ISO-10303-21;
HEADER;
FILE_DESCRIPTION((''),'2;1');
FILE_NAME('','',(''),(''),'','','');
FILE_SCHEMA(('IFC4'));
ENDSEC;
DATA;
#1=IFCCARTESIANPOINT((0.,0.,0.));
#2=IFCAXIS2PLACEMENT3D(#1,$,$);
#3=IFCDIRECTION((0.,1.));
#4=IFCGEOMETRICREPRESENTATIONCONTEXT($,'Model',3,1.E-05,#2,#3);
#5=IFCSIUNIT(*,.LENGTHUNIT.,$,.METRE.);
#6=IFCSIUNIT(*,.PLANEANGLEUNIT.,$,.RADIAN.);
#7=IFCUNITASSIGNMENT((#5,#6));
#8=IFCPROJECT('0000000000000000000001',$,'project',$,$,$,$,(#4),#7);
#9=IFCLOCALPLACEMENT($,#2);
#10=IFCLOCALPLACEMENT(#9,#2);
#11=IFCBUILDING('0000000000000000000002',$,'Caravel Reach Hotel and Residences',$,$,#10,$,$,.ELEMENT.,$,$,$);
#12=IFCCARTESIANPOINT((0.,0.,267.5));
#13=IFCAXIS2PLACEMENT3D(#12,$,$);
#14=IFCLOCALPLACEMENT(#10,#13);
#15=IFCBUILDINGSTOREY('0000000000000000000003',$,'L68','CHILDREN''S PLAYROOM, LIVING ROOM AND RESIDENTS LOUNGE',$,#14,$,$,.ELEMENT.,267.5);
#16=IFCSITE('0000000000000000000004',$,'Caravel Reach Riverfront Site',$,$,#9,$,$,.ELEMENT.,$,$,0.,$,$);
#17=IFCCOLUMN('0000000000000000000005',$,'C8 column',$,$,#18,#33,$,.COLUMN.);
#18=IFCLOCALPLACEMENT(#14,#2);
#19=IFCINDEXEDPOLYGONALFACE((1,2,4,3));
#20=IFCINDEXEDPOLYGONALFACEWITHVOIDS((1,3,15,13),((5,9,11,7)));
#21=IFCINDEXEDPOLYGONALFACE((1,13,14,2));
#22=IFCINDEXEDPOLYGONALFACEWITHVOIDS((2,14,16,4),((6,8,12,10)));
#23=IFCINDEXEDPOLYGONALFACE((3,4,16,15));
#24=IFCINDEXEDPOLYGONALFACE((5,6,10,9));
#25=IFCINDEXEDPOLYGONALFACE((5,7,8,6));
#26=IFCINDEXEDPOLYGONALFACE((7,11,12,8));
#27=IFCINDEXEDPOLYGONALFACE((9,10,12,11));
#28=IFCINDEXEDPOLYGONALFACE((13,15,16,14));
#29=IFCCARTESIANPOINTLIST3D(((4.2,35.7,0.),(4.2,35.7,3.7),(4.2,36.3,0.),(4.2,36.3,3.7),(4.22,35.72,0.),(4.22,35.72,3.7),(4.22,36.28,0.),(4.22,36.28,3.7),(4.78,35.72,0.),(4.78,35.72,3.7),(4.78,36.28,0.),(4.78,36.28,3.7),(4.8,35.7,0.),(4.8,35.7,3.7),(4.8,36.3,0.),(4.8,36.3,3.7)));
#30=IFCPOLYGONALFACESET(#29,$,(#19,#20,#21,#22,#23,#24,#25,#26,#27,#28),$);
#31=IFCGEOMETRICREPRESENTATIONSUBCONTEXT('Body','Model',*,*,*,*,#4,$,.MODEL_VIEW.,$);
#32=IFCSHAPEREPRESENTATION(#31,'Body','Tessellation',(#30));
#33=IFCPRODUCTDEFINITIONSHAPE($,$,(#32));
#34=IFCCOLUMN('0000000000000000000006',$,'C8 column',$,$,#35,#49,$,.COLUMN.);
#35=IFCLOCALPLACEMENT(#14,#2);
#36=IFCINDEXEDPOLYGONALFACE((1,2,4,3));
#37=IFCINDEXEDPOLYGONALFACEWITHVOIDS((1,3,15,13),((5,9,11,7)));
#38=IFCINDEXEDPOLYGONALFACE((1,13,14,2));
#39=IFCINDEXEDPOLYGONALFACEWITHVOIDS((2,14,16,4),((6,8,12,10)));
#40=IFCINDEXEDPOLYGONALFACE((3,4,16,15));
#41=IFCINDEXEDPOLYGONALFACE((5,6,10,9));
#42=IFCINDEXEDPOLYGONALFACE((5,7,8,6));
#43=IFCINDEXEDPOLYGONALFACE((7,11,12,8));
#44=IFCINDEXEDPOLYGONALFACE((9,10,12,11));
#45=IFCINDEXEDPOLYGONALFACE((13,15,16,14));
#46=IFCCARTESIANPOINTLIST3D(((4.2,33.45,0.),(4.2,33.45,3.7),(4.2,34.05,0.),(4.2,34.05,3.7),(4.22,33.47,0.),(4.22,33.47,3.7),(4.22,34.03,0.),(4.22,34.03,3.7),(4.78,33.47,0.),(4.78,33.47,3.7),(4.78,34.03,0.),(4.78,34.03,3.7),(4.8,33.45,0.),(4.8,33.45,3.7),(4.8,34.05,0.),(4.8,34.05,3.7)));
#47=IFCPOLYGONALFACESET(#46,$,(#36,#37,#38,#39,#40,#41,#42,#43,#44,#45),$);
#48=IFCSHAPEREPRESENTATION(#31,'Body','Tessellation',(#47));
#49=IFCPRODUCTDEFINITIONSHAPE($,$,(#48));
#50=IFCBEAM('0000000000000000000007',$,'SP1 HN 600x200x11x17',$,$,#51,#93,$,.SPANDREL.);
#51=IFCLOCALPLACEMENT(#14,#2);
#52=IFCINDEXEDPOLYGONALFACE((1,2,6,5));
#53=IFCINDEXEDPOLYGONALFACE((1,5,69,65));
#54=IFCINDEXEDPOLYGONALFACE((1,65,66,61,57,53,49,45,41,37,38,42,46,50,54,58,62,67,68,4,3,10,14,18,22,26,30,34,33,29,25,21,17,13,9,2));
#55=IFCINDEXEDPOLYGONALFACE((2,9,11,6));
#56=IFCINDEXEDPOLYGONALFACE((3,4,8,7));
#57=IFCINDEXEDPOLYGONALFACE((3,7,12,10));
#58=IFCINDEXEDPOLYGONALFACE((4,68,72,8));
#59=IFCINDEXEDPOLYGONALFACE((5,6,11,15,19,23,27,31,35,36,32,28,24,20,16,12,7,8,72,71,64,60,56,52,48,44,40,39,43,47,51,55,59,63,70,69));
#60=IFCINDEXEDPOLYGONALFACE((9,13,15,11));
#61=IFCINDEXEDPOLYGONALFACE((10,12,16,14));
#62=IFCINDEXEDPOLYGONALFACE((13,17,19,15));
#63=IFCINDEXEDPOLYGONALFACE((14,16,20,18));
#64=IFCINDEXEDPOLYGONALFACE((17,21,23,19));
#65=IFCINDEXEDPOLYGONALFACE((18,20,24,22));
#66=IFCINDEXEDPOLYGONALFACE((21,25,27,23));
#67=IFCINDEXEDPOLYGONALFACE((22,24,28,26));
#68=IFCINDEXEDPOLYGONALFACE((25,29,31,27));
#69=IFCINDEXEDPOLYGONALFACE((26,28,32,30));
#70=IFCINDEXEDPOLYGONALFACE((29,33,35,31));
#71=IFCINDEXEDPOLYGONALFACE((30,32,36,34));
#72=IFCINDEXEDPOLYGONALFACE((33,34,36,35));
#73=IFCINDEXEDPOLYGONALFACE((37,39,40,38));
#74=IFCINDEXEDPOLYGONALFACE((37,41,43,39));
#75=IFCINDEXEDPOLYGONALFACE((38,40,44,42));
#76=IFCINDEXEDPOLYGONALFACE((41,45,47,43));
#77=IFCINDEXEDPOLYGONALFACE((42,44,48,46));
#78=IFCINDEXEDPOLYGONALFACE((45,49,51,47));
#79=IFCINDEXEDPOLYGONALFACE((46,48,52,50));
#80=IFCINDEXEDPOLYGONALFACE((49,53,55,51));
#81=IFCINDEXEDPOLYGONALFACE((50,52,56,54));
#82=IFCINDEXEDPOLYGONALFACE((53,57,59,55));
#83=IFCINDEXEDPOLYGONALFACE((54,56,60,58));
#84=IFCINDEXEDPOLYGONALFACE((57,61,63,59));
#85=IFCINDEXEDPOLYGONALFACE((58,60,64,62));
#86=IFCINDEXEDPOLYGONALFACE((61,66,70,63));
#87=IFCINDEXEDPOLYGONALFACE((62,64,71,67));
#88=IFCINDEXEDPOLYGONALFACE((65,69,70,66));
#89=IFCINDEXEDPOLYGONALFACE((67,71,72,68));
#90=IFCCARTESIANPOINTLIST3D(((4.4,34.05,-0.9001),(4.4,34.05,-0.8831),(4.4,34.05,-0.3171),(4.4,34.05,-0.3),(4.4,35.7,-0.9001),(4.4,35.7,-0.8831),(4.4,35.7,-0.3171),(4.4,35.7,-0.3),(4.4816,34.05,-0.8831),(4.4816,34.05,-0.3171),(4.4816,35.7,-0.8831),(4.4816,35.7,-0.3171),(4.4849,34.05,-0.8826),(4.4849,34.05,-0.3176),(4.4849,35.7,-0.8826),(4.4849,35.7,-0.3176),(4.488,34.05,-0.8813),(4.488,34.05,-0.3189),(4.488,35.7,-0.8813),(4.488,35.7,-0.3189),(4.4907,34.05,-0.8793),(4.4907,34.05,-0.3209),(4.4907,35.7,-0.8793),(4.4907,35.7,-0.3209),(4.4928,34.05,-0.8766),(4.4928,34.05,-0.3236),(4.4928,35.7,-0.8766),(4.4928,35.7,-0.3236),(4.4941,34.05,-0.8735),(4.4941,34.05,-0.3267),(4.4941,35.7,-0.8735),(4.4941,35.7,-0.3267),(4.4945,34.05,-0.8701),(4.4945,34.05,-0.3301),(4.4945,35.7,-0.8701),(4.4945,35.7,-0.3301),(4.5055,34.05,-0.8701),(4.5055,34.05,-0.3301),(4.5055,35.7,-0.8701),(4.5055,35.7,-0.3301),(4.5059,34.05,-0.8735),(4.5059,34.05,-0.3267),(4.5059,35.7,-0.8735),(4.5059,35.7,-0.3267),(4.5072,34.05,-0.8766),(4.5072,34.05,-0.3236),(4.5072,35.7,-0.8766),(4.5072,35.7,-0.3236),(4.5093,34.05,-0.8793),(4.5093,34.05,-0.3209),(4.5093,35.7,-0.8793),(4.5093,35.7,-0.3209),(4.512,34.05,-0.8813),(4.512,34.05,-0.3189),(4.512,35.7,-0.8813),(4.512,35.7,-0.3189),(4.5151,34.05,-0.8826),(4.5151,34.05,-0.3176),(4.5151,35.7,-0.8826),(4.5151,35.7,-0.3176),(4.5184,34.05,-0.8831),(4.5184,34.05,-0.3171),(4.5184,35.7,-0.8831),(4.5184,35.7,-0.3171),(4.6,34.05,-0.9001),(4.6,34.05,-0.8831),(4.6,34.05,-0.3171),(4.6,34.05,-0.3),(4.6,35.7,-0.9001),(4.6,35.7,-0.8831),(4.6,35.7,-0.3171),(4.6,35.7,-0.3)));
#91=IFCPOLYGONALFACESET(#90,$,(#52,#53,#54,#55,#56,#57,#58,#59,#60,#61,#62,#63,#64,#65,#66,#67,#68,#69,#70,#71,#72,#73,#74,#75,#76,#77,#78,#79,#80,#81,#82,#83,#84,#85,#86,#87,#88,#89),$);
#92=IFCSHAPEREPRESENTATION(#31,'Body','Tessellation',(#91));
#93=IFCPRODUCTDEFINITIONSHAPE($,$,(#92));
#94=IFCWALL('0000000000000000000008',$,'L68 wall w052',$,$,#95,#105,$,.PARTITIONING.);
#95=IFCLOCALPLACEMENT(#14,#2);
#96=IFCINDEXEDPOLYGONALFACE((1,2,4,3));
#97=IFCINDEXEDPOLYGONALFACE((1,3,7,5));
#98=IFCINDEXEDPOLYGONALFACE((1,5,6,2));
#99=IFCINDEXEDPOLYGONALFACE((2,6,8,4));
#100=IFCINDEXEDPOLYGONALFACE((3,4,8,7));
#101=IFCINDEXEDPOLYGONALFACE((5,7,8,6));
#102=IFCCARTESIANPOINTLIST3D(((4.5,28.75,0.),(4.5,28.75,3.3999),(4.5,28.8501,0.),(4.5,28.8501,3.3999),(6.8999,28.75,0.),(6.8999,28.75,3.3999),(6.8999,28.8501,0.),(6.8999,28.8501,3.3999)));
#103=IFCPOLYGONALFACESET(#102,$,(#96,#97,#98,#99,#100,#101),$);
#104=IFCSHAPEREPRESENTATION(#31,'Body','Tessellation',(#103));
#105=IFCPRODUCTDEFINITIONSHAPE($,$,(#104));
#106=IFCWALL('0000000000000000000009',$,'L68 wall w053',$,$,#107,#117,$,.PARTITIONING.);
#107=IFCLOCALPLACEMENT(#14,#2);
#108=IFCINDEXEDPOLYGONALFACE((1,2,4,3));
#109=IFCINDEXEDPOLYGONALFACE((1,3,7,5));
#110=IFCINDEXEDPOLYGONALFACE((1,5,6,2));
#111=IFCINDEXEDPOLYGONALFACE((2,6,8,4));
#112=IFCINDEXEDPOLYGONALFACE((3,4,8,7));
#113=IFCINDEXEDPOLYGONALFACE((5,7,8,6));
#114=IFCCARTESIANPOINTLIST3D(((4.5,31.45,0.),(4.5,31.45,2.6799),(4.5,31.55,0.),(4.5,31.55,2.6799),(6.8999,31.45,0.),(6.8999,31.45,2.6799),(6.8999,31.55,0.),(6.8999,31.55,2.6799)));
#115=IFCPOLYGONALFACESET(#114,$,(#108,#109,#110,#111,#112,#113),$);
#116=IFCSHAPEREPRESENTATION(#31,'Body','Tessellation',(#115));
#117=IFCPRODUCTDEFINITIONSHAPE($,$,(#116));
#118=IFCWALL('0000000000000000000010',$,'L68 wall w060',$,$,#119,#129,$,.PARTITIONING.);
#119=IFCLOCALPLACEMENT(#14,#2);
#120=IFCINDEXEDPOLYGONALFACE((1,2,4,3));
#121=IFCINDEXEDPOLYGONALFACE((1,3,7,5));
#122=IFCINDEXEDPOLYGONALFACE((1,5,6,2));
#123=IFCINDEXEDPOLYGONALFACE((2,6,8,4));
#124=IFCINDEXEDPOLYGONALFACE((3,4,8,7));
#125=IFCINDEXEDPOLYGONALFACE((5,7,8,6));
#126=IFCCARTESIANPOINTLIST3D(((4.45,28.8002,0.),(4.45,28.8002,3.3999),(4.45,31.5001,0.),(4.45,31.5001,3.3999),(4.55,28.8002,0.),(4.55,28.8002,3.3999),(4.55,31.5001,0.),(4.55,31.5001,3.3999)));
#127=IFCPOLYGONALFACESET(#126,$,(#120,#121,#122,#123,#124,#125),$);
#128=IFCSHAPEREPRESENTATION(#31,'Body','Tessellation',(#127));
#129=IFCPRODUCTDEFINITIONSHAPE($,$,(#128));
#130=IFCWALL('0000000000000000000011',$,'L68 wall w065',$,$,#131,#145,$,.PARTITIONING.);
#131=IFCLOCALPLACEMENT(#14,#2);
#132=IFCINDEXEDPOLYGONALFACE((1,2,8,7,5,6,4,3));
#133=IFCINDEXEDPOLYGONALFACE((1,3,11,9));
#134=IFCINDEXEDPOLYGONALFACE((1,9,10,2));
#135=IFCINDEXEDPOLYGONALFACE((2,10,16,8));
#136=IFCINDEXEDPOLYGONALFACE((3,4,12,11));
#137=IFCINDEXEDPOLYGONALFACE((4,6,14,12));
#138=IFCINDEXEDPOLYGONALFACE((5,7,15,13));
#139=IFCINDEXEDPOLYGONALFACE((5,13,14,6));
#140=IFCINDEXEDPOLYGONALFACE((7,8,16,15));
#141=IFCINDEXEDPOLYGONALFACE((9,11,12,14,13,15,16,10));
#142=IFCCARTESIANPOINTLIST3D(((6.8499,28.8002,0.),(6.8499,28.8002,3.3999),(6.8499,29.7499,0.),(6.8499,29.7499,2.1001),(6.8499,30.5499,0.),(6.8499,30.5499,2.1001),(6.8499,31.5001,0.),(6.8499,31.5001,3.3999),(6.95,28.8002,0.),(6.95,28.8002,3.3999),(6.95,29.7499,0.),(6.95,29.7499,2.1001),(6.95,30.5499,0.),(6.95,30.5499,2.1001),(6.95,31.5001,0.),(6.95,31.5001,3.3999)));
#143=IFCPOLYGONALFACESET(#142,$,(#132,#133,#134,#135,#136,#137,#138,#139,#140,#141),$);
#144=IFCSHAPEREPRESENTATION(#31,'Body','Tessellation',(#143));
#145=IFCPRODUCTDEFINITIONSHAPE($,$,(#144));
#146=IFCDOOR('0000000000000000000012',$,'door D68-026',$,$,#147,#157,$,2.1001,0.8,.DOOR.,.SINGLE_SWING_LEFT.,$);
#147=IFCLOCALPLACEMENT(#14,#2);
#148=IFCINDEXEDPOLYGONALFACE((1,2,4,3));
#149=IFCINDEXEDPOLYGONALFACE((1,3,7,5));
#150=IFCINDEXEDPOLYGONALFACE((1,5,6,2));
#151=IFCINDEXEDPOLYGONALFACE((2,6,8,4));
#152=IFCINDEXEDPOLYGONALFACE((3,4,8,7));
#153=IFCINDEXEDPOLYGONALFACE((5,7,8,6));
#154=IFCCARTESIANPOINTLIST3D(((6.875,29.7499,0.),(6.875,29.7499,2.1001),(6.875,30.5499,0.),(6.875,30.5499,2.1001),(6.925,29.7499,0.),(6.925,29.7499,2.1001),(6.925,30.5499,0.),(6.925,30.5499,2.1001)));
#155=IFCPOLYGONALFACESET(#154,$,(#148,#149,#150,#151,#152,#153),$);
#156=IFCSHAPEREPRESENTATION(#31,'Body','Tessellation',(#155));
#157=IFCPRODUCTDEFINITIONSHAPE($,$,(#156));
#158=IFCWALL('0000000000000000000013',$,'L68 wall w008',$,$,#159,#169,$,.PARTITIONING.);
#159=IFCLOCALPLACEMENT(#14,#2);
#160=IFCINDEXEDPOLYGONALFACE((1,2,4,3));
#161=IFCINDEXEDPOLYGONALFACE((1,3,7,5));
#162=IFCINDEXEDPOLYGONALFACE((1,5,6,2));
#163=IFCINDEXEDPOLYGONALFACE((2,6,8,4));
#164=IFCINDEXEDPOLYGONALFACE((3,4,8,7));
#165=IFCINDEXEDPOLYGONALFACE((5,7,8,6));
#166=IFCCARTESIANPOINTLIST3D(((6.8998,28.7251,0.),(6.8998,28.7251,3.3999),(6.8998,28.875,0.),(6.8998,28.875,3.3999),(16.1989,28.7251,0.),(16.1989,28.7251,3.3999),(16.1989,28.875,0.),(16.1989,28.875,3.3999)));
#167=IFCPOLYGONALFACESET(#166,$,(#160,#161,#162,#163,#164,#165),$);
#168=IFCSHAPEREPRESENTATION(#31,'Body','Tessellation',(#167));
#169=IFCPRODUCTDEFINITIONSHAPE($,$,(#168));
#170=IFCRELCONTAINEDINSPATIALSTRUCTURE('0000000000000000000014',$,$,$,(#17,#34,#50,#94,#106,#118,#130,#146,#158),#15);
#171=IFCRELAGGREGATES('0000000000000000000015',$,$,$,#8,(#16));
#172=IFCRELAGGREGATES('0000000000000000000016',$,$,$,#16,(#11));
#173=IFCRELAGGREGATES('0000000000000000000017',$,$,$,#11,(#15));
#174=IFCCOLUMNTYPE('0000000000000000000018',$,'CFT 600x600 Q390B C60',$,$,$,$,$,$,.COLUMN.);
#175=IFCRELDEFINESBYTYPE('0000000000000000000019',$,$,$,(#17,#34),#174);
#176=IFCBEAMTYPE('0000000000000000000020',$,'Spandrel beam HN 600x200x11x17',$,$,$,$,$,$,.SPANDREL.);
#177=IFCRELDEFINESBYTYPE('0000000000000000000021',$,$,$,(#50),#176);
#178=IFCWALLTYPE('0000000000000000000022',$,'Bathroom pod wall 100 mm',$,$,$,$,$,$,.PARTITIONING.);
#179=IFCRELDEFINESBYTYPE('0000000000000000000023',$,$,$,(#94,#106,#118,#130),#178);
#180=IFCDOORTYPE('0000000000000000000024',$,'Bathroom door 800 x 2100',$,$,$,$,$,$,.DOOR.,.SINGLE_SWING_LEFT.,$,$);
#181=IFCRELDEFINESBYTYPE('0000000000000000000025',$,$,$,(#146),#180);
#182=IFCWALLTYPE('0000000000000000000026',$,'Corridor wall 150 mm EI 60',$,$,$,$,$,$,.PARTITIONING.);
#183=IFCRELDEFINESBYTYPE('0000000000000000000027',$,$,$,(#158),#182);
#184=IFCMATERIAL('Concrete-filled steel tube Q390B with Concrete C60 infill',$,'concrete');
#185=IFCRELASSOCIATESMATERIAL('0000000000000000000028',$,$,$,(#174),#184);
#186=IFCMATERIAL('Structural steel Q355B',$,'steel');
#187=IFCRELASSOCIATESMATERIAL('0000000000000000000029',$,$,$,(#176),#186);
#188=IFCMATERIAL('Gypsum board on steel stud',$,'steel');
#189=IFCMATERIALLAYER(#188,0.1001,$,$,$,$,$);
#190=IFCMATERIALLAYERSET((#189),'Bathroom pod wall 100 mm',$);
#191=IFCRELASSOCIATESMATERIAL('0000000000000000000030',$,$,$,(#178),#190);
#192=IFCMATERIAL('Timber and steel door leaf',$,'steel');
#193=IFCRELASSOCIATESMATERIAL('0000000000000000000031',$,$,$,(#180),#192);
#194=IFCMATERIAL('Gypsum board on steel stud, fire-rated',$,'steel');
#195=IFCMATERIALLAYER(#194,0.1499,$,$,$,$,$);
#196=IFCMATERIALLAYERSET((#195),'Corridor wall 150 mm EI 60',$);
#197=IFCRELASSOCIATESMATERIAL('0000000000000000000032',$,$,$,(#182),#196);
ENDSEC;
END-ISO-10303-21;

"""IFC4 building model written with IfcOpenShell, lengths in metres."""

from ifc_helpers import new_model, si_unit, direction, frame, frame_2d, origin, origin_2d, place, context, subcontext, project, spatial, rectangle, hollow_rectangle, i_section, extrude, material, layer, layer_set, material_profile, profile_set, type_object, element, fill, save


model = new_model("IFC4")

# Units and contexts
model_context = context("Model", 3, precision=1e-05, world=origin(), true_north=direction((0.0, 1.0)))
body_context = subcontext(model_context, "Body", "Model", "MODEL_VIEW")
ifc_project = project(units=[si_unit("LENGTHUNIT", "METRE"), si_unit("PLANEANGLEUNIT", "RADIAN")], contexts=[model_context])

# Site, building, storey
site_placement = place(None, origin())
site = spatial("IfcSite", under=ifc_project, at=site_placement, Name="Caravel Reach Riverfront Site", CompositionType="ELEMENT", RefElevation=0.0)
building_placement = place(site_placement, origin())
building = spatial("IfcBuilding", under=site, at=building_placement, Name="Caravel Reach Hotel and Residences", CompositionType="ELEMENT")
storey_placement = place(building_placement, frame((0.0, 0.0, 267.5)))
storey = spatial("IfcBuildingStorey", under=building, at=storey_placement, Name="L68", Description="CHILDREN'S PLAYROOM, LIVING ROOM AND RESIDENTS LOUNGE", CompositionType="ELEMENT", Elevation=267.5)

# Columns
ifc_material_1 = material(Name="Concrete-filled steel tube Q390B with Concrete C60 infill", Category="concrete")
ifc_material_profile_1 = material_profile(ifc_material_1, hollow_rectangle(XDim=0.6001, YDim=0.6001, WallThickness=0.02, at=origin_2d()), Name="RHS 600x600x20")
ifc_profile_set_1 = profile_set([ifc_material_profile_1], Name="Concrete-filled steel tube Q390B with Concrete C60 infill")
column_type = type_object("IfcColumnType", Name="CFT 600x600 Q390B C60", PredefinedType="COLUMN", material=ifc_profile_set_1)
for number, where, z_axis, x_axis, name in (
    (1, (4.5, 36.0, 0.0), (0.0, 0.0, 1.0), (1.0, 0.0, 0.0), "C8 column"),
    (2, (4.5, 33.75, 0.0), (0.0, 0.0, 1.0), (1.0, 0.0, 0.0), "C8 column"),
):
    element("IfcColumn", number, at=place(storey_placement, frame(where, z_axis=z_axis, x_axis=x_axis)), inside=storey, type_object=column_type, Name=name, PredefinedType="COLUMN", context=body_context, shape_type="SweptSolid", body=[
        extrude(hollow_rectangle(XDim=0.6001, YDim=0.6001, WallThickness=0.02, at=origin_2d()), origin(), (0.0, 0.0, 1.0), 3.7),
    ])

# Beam
ifc_material_2 = material(Name="Structural steel Q355B", Category="steel")
ifc_material_profile_2 = material_profile(ifc_material_2, i_section(OverallWidth=0.2, OverallDepth=0.6001, WebThickness=0.011, FlangeThickness=0.0171, FilletRadius=0.0129, at=origin_2d()), Name="HN 600x200x11x17")
ifc_profile_set_2 = profile_set([ifc_material_profile_2], Name="Structural steel Q355B")
beam_type = type_object("IfcBeamType", Name="Spandrel beam HN 600x200x11x17", PredefinedType="SPANDREL", material=ifc_profile_set_2)
beam_placement = place(storey_placement, frame((4.5, 35.7, -0.6001), z_axis=(0.0, -1.0, 0.0), x_axis=(1.0, 0.0, 0.0)))
element("IfcBeam", 3, at=beam_placement, inside=storey, type_object=beam_type, Name="SP1 HN 600x200x11x17", PredefinedType="SPANDREL", context=body_context, shape_type="SweptSolid", body=[
    extrude(i_section(OverallWidth=0.2, OverallDepth=0.6001, WebThickness=0.011, FlangeThickness=0.0171, FilletRadius=0.0129, at=origin_2d()), origin(), (0.0, 0.0, 1.0), 1.6499),
])

# Walls
ifc_material_3 = material(Name="Gypsum board on steel stud", Category="steel")
ifc_layer_1 = layer(ifc_material_3, 0.1001)
ifc_layer_set_1 = layer_set([ifc_layer_1], Name="Bathroom pod wall 100 mm")
wall_type_1 = type_object("IfcWallType", Name="Bathroom pod wall 100 mm", PredefinedType="PARTITIONING", material=ifc_layer_set_1)
wall_1_placement = place(storey_placement, frame((4.5, 28.8, 0.0), z_axis=(0.0, 0.0, 1.0), x_axis=(1.0, 0.0, 0.0)))
element("IfcWall", 4, at=wall_1_placement, inside=storey, type_object=wall_type_1, Name="L68 wall w052", PredefinedType="PARTITIONING", context=body_context, shape_type="SweptSolid", body=[
    extrude(rectangle(XDim=2.3999, YDim=0.1001, at=frame_2d((1.2, 0.0))), origin(), (0.0, 0.0, 1.0), 3.3999),
])
wall_2_placement = place(storey_placement, frame((4.5, 31.5, 0.0), z_axis=(0.0, 0.0, 1.0), x_axis=(1.0, 0.0, 0.0)))
element("IfcWall", 5, at=wall_2_placement, inside=storey, type_object=wall_type_1, Name="L68 wall w053", PredefinedType="PARTITIONING", context=body_context, shape_type="SweptSolid", body=[
    extrude(rectangle(XDim=2.3999, YDim=0.1001, at=frame_2d((1.2, 0.0))), origin(), (0.0, 0.0, 1.0), 2.6799),
])
wall_3_placement = place(storey_placement, frame((4.5, 28.8, 0.0), z_axis=(0.0, 0.0, 1.0), x_axis=(0.0, 1.0, 0.0)))
element("IfcWall", 6, at=wall_3_placement, inside=storey, type_object=wall_type_1, Name="L68 wall w060", PredefinedType="PARTITIONING", context=body_context, shape_type="SweptSolid", body=[
    extrude(rectangle(XDim=2.7, YDim=0.1001, at=frame_2d((1.3501, 0.0))), origin(), (0.0, 0.0, 1.0), 3.3999),
])

# Wall, opening, door
wall_4_placement = place(storey_placement, frame((6.8999, 28.8, 0.0), z_axis=(0.0, 0.0, 1.0), x_axis=(0.0, 1.0, 0.0)))
wall_4 = element("IfcWall", 7, at=wall_4_placement, inside=storey, type_object=wall_type_1, Name="L68 wall w065", PredefinedType="PARTITIONING", context=body_context, shape_type="SweptSolid", body=[
    extrude(rectangle(XDim=2.7, YDim=0.1001, at=frame_2d((1.3501, 0.0))), origin(), (0.0, 0.0, 1.0), 3.3999),
])
opening_1_placement = place(wall_4_placement, frame((0.95, 0.0, 0.0)))
opening_1 = element("IfcOpeningElement", 8, at=opening_1_placement, cuts=wall_4, PredefinedType="OPENING", context=body_context, shape_type="SweptSolid", body=[
    extrude(rectangle(XDim=0.8, YDim=2.1001, at=frame_2d((0.3999, 1.05))), frame((0.0, 0.0601, 0.0), z_axis=(0.0, -1.0, 0.0), x_axis=(1.0, 0.0, 0.0)), (0.0, 0.0, 1.0), 0.1201),
])
ifc_material_4 = material(Name="Timber and steel door leaf", Category="steel")
door_type_1 = type_object("IfcDoorType", Name="Bathroom door 800 x 2100", OperationType="SINGLE_SWING_LEFT", PredefinedType="DOOR", material=ifc_material_4)
door_1_placement = place(opening_1_placement, origin())
door_1 = element("IfcDoor", 9, at=door_1_placement, inside=storey, type_object=door_type_1, Name="door D68-026", OperationType="SINGLE_SWING_LEFT", OverallHeight=2.1001, OverallWidth=0.8, PredefinedType="DOOR", context=body_context, shape_type="SweptSolid", body=[
    extrude(rectangle(XDim=0.8, YDim=2.1001, at=frame_2d((0.3999, 1.05))), frame((0.0, 0.0249, 0.0), z_axis=(0.0, -1.0, 0.0), x_axis=(1.0, 0.0, 0.0)), (0.0, 0.0, 1.0), 0.05),
])
fill(opening_1, door_1)

# Wall
ifc_material_5 = material(Name="Gypsum board on steel stud, fire-rated", Category="steel")
ifc_layer_2 = layer(ifc_material_5, 0.1499)
ifc_layer_set_2 = layer_set([ifc_layer_2], Name="Corridor wall 150 mm EI 60")
wall_type_2 = type_object("IfcWallType", Name="Corridor wall 150 mm EI 60", PredefinedType="PARTITIONING", material=ifc_layer_set_2)
wall_5_placement = place(storey_placement, frame((6.8999, 28.8, 0.0), z_axis=(0.0, 0.0, 1.0), x_axis=(1.0, 0.0, 0.0)))
element("IfcWall", 10, at=wall_5_placement, inside=storey, type_object=wall_type_2, Name="L68 wall w008", PredefinedType="PARTITIONING", context=body_context, shape_type="SweptSolid", body=[
    extrude(rectangle(XDim=9.2991, YDim=0.1499, at=frame_2d((4.6494, 0.0))), origin(), (0.0, 0.0, 1.0), 3.3999),
])

save(model, "model.ifc")
